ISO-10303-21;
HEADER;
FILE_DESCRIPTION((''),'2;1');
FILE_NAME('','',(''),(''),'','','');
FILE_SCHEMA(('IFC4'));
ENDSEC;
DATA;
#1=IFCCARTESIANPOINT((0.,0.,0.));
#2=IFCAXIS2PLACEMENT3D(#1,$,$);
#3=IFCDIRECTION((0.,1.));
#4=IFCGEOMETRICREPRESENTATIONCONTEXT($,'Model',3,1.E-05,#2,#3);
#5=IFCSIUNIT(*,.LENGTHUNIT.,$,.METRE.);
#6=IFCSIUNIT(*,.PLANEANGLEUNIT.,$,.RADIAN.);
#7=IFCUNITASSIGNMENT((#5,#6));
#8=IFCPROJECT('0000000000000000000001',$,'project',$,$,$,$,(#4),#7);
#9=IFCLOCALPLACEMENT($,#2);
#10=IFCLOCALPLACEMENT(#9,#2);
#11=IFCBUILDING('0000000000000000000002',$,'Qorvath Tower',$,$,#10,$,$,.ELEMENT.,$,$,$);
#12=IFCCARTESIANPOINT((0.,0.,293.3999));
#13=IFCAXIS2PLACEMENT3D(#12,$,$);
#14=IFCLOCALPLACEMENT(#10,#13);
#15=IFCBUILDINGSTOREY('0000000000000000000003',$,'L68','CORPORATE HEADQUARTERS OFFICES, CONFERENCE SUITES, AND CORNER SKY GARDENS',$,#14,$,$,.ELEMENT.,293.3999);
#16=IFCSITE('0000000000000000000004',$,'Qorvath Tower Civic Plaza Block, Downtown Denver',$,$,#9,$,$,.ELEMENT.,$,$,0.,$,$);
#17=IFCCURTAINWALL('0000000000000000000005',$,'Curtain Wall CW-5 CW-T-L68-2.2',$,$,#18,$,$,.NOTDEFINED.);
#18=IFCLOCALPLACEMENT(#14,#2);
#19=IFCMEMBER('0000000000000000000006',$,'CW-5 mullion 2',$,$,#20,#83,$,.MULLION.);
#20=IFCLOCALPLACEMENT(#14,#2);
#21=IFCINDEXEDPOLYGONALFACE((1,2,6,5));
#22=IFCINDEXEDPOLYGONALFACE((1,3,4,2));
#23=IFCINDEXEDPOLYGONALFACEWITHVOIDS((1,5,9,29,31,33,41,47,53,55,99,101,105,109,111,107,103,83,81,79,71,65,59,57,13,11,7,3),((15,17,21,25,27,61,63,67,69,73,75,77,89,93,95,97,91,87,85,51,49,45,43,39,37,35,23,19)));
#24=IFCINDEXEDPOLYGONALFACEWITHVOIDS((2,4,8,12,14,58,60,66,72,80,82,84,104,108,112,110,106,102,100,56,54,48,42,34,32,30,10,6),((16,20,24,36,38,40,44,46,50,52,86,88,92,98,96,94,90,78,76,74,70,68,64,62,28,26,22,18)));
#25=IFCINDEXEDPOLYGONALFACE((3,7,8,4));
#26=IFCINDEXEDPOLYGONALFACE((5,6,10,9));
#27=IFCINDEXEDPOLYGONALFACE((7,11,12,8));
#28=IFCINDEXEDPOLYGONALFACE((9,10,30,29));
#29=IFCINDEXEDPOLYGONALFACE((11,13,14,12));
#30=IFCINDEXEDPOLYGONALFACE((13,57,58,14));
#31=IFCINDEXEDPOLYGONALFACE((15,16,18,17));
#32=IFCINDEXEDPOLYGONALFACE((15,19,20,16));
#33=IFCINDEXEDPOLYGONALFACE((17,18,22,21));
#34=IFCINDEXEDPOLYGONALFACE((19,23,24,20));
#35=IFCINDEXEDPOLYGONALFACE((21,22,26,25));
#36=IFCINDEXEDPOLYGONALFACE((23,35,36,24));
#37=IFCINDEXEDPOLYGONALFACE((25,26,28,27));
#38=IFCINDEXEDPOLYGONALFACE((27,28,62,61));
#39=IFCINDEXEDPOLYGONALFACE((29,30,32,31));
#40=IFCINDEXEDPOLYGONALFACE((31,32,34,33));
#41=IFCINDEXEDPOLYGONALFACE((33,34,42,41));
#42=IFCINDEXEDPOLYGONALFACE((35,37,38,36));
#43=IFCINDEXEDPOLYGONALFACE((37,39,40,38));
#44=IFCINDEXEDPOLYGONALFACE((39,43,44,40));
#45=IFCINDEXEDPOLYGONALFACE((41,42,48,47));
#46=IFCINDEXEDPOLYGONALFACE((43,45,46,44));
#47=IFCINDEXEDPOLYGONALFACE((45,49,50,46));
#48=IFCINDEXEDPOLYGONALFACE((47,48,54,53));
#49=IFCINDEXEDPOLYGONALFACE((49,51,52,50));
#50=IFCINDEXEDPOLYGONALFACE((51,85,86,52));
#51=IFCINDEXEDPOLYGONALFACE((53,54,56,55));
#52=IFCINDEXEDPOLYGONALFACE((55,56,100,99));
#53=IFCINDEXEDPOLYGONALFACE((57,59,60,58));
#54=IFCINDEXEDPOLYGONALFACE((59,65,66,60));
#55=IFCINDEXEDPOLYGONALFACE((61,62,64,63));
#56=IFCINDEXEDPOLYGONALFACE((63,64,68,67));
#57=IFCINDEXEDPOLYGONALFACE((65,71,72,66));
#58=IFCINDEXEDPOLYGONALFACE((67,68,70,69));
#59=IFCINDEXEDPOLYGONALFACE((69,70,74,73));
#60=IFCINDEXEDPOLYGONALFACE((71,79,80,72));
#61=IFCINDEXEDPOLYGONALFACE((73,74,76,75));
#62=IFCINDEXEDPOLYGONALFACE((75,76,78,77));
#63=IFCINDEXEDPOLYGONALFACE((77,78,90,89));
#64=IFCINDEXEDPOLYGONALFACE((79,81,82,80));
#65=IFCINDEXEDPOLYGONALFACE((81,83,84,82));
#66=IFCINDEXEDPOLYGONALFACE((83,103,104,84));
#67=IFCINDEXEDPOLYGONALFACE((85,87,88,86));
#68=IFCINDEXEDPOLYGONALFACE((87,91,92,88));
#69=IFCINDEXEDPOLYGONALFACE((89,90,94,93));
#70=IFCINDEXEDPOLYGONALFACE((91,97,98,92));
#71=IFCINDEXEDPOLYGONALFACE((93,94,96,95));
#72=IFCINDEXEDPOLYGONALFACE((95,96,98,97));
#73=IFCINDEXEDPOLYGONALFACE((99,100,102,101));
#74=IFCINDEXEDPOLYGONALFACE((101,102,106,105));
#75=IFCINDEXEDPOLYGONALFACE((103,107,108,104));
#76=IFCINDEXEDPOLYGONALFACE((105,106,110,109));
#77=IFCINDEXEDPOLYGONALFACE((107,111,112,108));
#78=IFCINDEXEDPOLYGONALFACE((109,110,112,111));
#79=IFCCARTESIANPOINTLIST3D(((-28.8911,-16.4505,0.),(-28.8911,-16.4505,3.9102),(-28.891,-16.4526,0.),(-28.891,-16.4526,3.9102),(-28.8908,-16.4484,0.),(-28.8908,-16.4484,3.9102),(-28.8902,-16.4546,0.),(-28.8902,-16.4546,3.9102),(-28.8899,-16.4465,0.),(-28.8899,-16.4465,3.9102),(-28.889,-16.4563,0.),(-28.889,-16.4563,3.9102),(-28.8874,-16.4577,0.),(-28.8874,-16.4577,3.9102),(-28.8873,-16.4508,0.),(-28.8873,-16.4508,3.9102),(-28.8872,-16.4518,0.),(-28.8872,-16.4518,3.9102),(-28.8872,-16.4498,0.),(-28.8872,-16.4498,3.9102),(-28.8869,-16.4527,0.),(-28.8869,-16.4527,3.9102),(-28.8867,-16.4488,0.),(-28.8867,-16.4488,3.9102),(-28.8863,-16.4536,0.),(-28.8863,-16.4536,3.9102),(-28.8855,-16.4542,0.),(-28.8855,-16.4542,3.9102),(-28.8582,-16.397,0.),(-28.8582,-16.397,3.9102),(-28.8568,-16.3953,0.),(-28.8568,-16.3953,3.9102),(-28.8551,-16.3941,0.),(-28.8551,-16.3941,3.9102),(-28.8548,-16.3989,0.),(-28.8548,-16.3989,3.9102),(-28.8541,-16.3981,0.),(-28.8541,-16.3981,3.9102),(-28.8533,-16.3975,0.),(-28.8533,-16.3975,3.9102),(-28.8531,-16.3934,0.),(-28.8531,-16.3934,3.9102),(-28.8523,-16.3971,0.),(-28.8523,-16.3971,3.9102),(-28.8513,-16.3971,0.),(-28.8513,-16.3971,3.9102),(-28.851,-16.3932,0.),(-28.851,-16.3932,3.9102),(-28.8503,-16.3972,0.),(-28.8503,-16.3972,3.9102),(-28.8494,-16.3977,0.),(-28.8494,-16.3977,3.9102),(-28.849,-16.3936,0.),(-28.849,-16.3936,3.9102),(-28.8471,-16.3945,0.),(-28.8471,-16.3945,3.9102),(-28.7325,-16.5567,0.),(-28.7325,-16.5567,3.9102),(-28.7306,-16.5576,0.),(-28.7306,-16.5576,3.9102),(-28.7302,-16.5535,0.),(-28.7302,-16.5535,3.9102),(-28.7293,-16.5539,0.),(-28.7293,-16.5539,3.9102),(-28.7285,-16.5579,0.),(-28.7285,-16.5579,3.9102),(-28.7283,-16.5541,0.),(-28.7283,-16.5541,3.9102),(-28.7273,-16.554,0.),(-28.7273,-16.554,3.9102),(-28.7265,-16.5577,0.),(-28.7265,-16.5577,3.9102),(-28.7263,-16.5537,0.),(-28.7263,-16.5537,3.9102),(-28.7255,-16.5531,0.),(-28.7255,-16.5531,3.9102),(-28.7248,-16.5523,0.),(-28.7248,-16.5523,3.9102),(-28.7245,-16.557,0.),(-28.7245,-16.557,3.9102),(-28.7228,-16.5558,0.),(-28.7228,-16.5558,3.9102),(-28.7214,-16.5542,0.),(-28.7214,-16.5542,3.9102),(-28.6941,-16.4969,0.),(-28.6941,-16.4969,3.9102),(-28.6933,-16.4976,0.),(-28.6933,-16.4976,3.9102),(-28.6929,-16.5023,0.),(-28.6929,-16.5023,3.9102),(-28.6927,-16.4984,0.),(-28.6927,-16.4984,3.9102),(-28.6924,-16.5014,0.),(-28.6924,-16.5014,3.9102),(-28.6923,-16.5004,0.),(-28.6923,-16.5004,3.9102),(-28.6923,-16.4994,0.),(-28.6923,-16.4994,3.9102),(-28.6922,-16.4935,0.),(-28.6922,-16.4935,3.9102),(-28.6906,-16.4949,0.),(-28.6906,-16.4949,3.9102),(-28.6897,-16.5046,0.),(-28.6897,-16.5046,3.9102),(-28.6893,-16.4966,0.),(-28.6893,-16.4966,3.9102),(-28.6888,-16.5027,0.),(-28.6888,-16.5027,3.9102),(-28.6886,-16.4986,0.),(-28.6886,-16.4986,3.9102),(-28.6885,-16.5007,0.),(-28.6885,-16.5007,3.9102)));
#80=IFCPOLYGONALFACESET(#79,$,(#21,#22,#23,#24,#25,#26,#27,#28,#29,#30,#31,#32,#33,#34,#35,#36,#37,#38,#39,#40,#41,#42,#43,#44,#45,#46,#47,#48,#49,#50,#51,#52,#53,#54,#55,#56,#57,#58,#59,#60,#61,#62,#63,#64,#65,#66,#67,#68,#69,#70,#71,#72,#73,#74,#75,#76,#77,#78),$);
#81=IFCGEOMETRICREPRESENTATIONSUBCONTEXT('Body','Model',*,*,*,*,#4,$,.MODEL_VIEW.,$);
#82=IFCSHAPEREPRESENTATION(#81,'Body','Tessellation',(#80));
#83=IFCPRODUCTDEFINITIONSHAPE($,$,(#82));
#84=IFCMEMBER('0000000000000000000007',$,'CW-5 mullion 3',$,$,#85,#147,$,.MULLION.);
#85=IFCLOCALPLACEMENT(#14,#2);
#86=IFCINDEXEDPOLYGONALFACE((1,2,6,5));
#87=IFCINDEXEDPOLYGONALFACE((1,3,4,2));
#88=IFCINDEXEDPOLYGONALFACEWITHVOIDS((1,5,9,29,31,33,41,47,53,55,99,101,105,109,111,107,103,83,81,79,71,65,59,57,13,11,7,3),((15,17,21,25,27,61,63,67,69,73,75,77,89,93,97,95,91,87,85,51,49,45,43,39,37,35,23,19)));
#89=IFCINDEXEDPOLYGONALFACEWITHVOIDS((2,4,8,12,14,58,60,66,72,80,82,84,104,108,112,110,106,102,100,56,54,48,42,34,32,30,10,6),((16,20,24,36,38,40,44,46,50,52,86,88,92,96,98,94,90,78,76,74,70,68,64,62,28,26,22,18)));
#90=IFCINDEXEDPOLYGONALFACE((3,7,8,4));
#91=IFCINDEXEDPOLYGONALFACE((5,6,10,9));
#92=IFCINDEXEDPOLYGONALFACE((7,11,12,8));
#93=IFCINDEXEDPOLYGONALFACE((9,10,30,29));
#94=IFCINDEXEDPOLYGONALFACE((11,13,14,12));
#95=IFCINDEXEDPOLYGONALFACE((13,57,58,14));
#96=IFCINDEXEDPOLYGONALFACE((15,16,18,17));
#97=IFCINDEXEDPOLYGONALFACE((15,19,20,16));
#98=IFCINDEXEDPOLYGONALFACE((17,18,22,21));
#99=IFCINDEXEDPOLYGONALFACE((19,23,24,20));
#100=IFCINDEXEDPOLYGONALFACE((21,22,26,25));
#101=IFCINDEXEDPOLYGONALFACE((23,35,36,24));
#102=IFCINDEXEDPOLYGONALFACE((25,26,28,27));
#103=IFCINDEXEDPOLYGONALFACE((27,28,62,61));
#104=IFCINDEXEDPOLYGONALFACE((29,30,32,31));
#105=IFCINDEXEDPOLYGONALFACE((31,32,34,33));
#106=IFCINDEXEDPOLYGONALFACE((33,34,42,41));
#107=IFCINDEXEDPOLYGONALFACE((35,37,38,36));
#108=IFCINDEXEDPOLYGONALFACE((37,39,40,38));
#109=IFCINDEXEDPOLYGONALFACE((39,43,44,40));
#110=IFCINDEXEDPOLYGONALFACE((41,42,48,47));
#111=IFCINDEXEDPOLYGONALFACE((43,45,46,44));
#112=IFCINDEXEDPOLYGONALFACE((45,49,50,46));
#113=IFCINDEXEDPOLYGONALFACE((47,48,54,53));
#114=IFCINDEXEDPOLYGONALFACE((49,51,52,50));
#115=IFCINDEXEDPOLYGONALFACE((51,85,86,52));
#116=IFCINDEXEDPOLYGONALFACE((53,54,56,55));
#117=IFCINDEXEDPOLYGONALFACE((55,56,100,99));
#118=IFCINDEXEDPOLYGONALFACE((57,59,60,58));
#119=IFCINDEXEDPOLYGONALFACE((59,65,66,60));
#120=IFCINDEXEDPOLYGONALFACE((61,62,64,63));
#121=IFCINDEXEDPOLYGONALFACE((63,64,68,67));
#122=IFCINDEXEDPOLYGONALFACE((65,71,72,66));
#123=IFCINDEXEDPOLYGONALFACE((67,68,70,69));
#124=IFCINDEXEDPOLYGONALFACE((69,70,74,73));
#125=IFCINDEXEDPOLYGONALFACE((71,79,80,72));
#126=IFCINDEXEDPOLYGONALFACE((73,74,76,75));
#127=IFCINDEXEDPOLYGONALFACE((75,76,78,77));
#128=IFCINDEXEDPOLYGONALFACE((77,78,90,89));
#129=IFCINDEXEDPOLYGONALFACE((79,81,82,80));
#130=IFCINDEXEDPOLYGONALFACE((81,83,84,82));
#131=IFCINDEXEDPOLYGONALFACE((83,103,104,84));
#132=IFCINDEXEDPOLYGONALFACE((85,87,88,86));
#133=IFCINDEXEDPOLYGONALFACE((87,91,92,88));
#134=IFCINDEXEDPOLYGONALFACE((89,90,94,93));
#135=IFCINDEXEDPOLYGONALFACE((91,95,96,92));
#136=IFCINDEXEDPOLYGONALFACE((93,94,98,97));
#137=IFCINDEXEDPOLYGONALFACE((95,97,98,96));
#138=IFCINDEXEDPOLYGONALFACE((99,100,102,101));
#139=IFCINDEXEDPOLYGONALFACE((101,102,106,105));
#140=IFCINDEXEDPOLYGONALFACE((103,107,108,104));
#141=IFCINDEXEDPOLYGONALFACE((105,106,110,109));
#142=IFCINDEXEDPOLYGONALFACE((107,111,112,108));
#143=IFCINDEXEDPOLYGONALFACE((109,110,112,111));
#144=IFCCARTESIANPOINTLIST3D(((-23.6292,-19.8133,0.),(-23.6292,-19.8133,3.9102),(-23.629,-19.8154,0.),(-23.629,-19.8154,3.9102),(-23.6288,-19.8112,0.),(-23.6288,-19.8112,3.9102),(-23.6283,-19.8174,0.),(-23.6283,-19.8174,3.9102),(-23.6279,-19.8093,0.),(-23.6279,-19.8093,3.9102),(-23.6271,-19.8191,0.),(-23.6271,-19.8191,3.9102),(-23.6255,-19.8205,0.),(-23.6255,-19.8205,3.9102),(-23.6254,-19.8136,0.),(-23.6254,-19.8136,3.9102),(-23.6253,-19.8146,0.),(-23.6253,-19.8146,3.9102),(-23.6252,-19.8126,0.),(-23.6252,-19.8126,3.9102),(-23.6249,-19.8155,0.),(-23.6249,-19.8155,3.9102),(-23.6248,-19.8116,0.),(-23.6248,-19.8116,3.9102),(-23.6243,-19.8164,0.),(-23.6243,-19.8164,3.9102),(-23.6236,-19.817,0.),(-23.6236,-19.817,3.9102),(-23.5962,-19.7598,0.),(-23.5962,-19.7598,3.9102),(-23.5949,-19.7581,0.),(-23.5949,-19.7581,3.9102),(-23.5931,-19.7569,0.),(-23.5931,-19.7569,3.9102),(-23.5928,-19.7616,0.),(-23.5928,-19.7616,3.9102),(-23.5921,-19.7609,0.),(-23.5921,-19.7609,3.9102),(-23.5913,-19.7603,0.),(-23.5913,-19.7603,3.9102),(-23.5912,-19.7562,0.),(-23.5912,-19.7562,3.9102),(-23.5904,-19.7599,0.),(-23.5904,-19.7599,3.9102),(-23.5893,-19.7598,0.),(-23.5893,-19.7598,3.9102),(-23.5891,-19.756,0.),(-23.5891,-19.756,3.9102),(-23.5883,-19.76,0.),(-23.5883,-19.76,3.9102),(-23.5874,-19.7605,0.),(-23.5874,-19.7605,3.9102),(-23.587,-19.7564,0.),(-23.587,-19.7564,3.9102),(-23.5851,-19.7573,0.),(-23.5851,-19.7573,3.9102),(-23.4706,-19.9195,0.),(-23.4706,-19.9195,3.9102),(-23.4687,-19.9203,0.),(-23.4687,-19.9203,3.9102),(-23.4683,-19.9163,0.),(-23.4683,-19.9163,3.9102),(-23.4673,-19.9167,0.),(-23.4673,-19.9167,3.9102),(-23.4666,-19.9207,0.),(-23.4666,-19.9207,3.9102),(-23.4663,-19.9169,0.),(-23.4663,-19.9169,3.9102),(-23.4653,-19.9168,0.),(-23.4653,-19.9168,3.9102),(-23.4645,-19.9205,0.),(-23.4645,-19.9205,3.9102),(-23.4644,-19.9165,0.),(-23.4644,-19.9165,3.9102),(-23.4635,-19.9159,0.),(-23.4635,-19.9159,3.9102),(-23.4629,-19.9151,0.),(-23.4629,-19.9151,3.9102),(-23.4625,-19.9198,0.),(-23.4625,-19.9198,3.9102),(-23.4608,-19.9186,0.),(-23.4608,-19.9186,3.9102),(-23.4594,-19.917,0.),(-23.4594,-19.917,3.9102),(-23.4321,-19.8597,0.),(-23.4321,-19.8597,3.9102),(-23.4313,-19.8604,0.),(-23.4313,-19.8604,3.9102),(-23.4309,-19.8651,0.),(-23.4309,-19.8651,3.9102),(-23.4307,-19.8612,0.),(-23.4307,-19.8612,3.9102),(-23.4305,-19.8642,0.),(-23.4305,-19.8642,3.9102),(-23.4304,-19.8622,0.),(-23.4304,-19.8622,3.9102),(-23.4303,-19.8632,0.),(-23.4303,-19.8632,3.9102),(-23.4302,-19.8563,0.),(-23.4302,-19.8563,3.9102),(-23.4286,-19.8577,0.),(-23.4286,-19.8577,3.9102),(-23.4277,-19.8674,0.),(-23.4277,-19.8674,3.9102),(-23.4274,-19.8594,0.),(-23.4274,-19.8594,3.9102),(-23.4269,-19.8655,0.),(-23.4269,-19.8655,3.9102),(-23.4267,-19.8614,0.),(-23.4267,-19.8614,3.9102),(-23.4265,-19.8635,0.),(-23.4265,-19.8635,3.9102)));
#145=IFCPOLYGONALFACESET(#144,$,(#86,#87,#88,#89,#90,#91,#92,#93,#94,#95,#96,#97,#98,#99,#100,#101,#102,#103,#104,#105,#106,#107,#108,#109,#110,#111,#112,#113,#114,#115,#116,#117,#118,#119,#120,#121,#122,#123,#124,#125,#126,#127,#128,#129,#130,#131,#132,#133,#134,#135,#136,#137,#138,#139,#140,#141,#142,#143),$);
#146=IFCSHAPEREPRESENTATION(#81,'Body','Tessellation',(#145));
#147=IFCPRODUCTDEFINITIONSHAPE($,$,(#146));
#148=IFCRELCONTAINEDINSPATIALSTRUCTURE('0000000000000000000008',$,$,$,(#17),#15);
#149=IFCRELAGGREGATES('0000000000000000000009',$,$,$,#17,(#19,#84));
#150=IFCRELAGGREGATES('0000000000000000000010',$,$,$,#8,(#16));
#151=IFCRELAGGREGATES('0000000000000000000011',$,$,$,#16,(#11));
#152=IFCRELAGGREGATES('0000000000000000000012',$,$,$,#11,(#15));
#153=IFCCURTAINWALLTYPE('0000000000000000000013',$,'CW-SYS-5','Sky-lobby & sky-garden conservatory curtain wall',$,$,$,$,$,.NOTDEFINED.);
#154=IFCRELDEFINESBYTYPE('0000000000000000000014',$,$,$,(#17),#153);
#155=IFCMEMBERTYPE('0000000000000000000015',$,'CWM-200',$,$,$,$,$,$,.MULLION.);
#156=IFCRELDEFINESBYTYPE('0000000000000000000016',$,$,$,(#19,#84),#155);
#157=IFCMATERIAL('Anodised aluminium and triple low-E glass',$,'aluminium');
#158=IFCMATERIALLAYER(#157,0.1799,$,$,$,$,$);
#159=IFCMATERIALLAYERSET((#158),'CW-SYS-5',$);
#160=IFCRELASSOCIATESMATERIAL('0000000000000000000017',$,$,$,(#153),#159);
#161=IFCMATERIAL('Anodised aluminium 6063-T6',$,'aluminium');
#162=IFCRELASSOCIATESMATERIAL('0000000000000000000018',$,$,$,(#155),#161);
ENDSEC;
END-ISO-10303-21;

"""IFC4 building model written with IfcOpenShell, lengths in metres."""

from ifc_helpers import new_model, si_unit, direction, frame, origin, origin_2d, place, context, subcontext, project, spatial, hollow_rectangle, extrude, material, layer, layer_set, material_profile, profile_set, type_object, element, aggregate, save


model = new_model("IFC4")

# Units and contexts
model_context = context("Model", 3, precision=1e-05, world=origin(), true_north=direction((0.0, 1.0)))
body_context = subcontext(model_context, "Body", "Model", "MODEL_VIEW")
ifc_project = project(units=[si_unit("LENGTHUNIT", "METRE"), si_unit("PLANEANGLEUNIT", "RADIAN")], contexts=[model_context])

# Site, building, storey
site_placement = place(None, origin())
site = spatial("IfcSite", under=ifc_project, at=site_placement, Name="Qorvath Tower Civic Plaza Block, Downtown Denver", CompositionType="ELEMENT", RefElevation=0.0)
building_placement = place(site_placement, origin())
building = spatial("IfcBuilding", under=site, at=building_placement, Name="Qorvath Tower", CompositionType="ELEMENT")
storey_placement = place(building_placement, frame((0.0, 0.0, 293.3999)))
storey = spatial("IfcBuildingStorey", under=building, at=storey_placement, Name="L68", Description="CORPORATE HEADQUARTERS OFFICES, CONFERENCE SUITES, AND CORNER SKY GARDENS", CompositionType="ELEMENT", Elevation=293.3999)

# Curtain wall, members
ifc_material_1 = material(Name="Anodised aluminium and triple low-E glass", Category="aluminium")
ifc_layer_1 = layer(ifc_material_1, 0.1799)
ifc_layer_set_1 = layer_set([ifc_layer_1], Name="CW-SYS-5")
curtain_wall_type = type_object("IfcCurtainWallType", Name="CW-SYS-5", Description="Sky-lobby & sky-garden conservatory curtain wall", PredefinedType="NOTDEFINED", material=ifc_layer_set_1)
curtain_wall_placement = place(storey_placement, origin())
curtain_wall = element("IfcCurtainWall", 1, at=curtain_wall_placement, inside=storey, type_object=curtain_wall_type, Name="Curtain Wall CW-5 CW-T-L68-2.2", PredefinedType="NOTDEFINED")
ifc_material_2 = material(Name="Anodised aluminium 6063-T6", Category="aluminium")
ifc_material_profile_1 = material_profile(ifc_material_2, hollow_rectangle(XDim=0.075, YDim=0.2, WallThickness=0.0039, InnerFilletRadius=0.0039, OuterFilletRadius=0.0081, at=origin_2d()), Name="CWM 200x75")
ifc_profile_set_1 = profile_set([ifc_material_profile_1], Name="Anodised aluminium 6063-T6")
member_type_1 = type_object("IfcMemberType", Name="CWM-200", PredefinedType="MULLION", material=ifc_profile_set_1)
member_1_placement = place(storey_placement, frame((-28.7898, -16.4756, 0.0), z_axis=(0.0, 0.0, 1.0), x_axis=(0.538533, 0.842605, 0.0)))
member_1 = element("IfcMember", 2, at=member_1_placement, type_object=member_type_1, Name="CW-5 mullion 2", PredefinedType="MULLION", context=body_context, shape_type="SweptSolid", body=[
    extrude(hollow_rectangle(XDim=0.075, YDim=0.2, WallThickness=0.0039, InnerFilletRadius=0.0039, OuterFilletRadius=0.0081, at=origin_2d()), origin(), (0.0, 0.0, 1.0), 3.9102),
])
member_2_placement = place(storey_placement, frame((-23.5278, -19.8384, 0.0), z_axis=(0.0, 0.0, 1.0), x_axis=(0.538533, 0.842605, 0.0)))
member_2 = element("IfcMember", 3, at=member_2_placement, type_object=member_type_1, Name="CW-5 mullion 3", PredefinedType="MULLION", context=body_context, shape_type="SweptSolid", body=[
    extrude(hollow_rectangle(XDim=0.075, YDim=0.2, WallThickness=0.0039, InnerFilletRadius=0.0039, OuterFilletRadius=0.0081, at=origin_2d()), origin(), (0.0, 0.0, 1.0), 3.9102),
])
aggregate(curtain_wall, [member_1, member_2])

save(model, "model.ifc")
